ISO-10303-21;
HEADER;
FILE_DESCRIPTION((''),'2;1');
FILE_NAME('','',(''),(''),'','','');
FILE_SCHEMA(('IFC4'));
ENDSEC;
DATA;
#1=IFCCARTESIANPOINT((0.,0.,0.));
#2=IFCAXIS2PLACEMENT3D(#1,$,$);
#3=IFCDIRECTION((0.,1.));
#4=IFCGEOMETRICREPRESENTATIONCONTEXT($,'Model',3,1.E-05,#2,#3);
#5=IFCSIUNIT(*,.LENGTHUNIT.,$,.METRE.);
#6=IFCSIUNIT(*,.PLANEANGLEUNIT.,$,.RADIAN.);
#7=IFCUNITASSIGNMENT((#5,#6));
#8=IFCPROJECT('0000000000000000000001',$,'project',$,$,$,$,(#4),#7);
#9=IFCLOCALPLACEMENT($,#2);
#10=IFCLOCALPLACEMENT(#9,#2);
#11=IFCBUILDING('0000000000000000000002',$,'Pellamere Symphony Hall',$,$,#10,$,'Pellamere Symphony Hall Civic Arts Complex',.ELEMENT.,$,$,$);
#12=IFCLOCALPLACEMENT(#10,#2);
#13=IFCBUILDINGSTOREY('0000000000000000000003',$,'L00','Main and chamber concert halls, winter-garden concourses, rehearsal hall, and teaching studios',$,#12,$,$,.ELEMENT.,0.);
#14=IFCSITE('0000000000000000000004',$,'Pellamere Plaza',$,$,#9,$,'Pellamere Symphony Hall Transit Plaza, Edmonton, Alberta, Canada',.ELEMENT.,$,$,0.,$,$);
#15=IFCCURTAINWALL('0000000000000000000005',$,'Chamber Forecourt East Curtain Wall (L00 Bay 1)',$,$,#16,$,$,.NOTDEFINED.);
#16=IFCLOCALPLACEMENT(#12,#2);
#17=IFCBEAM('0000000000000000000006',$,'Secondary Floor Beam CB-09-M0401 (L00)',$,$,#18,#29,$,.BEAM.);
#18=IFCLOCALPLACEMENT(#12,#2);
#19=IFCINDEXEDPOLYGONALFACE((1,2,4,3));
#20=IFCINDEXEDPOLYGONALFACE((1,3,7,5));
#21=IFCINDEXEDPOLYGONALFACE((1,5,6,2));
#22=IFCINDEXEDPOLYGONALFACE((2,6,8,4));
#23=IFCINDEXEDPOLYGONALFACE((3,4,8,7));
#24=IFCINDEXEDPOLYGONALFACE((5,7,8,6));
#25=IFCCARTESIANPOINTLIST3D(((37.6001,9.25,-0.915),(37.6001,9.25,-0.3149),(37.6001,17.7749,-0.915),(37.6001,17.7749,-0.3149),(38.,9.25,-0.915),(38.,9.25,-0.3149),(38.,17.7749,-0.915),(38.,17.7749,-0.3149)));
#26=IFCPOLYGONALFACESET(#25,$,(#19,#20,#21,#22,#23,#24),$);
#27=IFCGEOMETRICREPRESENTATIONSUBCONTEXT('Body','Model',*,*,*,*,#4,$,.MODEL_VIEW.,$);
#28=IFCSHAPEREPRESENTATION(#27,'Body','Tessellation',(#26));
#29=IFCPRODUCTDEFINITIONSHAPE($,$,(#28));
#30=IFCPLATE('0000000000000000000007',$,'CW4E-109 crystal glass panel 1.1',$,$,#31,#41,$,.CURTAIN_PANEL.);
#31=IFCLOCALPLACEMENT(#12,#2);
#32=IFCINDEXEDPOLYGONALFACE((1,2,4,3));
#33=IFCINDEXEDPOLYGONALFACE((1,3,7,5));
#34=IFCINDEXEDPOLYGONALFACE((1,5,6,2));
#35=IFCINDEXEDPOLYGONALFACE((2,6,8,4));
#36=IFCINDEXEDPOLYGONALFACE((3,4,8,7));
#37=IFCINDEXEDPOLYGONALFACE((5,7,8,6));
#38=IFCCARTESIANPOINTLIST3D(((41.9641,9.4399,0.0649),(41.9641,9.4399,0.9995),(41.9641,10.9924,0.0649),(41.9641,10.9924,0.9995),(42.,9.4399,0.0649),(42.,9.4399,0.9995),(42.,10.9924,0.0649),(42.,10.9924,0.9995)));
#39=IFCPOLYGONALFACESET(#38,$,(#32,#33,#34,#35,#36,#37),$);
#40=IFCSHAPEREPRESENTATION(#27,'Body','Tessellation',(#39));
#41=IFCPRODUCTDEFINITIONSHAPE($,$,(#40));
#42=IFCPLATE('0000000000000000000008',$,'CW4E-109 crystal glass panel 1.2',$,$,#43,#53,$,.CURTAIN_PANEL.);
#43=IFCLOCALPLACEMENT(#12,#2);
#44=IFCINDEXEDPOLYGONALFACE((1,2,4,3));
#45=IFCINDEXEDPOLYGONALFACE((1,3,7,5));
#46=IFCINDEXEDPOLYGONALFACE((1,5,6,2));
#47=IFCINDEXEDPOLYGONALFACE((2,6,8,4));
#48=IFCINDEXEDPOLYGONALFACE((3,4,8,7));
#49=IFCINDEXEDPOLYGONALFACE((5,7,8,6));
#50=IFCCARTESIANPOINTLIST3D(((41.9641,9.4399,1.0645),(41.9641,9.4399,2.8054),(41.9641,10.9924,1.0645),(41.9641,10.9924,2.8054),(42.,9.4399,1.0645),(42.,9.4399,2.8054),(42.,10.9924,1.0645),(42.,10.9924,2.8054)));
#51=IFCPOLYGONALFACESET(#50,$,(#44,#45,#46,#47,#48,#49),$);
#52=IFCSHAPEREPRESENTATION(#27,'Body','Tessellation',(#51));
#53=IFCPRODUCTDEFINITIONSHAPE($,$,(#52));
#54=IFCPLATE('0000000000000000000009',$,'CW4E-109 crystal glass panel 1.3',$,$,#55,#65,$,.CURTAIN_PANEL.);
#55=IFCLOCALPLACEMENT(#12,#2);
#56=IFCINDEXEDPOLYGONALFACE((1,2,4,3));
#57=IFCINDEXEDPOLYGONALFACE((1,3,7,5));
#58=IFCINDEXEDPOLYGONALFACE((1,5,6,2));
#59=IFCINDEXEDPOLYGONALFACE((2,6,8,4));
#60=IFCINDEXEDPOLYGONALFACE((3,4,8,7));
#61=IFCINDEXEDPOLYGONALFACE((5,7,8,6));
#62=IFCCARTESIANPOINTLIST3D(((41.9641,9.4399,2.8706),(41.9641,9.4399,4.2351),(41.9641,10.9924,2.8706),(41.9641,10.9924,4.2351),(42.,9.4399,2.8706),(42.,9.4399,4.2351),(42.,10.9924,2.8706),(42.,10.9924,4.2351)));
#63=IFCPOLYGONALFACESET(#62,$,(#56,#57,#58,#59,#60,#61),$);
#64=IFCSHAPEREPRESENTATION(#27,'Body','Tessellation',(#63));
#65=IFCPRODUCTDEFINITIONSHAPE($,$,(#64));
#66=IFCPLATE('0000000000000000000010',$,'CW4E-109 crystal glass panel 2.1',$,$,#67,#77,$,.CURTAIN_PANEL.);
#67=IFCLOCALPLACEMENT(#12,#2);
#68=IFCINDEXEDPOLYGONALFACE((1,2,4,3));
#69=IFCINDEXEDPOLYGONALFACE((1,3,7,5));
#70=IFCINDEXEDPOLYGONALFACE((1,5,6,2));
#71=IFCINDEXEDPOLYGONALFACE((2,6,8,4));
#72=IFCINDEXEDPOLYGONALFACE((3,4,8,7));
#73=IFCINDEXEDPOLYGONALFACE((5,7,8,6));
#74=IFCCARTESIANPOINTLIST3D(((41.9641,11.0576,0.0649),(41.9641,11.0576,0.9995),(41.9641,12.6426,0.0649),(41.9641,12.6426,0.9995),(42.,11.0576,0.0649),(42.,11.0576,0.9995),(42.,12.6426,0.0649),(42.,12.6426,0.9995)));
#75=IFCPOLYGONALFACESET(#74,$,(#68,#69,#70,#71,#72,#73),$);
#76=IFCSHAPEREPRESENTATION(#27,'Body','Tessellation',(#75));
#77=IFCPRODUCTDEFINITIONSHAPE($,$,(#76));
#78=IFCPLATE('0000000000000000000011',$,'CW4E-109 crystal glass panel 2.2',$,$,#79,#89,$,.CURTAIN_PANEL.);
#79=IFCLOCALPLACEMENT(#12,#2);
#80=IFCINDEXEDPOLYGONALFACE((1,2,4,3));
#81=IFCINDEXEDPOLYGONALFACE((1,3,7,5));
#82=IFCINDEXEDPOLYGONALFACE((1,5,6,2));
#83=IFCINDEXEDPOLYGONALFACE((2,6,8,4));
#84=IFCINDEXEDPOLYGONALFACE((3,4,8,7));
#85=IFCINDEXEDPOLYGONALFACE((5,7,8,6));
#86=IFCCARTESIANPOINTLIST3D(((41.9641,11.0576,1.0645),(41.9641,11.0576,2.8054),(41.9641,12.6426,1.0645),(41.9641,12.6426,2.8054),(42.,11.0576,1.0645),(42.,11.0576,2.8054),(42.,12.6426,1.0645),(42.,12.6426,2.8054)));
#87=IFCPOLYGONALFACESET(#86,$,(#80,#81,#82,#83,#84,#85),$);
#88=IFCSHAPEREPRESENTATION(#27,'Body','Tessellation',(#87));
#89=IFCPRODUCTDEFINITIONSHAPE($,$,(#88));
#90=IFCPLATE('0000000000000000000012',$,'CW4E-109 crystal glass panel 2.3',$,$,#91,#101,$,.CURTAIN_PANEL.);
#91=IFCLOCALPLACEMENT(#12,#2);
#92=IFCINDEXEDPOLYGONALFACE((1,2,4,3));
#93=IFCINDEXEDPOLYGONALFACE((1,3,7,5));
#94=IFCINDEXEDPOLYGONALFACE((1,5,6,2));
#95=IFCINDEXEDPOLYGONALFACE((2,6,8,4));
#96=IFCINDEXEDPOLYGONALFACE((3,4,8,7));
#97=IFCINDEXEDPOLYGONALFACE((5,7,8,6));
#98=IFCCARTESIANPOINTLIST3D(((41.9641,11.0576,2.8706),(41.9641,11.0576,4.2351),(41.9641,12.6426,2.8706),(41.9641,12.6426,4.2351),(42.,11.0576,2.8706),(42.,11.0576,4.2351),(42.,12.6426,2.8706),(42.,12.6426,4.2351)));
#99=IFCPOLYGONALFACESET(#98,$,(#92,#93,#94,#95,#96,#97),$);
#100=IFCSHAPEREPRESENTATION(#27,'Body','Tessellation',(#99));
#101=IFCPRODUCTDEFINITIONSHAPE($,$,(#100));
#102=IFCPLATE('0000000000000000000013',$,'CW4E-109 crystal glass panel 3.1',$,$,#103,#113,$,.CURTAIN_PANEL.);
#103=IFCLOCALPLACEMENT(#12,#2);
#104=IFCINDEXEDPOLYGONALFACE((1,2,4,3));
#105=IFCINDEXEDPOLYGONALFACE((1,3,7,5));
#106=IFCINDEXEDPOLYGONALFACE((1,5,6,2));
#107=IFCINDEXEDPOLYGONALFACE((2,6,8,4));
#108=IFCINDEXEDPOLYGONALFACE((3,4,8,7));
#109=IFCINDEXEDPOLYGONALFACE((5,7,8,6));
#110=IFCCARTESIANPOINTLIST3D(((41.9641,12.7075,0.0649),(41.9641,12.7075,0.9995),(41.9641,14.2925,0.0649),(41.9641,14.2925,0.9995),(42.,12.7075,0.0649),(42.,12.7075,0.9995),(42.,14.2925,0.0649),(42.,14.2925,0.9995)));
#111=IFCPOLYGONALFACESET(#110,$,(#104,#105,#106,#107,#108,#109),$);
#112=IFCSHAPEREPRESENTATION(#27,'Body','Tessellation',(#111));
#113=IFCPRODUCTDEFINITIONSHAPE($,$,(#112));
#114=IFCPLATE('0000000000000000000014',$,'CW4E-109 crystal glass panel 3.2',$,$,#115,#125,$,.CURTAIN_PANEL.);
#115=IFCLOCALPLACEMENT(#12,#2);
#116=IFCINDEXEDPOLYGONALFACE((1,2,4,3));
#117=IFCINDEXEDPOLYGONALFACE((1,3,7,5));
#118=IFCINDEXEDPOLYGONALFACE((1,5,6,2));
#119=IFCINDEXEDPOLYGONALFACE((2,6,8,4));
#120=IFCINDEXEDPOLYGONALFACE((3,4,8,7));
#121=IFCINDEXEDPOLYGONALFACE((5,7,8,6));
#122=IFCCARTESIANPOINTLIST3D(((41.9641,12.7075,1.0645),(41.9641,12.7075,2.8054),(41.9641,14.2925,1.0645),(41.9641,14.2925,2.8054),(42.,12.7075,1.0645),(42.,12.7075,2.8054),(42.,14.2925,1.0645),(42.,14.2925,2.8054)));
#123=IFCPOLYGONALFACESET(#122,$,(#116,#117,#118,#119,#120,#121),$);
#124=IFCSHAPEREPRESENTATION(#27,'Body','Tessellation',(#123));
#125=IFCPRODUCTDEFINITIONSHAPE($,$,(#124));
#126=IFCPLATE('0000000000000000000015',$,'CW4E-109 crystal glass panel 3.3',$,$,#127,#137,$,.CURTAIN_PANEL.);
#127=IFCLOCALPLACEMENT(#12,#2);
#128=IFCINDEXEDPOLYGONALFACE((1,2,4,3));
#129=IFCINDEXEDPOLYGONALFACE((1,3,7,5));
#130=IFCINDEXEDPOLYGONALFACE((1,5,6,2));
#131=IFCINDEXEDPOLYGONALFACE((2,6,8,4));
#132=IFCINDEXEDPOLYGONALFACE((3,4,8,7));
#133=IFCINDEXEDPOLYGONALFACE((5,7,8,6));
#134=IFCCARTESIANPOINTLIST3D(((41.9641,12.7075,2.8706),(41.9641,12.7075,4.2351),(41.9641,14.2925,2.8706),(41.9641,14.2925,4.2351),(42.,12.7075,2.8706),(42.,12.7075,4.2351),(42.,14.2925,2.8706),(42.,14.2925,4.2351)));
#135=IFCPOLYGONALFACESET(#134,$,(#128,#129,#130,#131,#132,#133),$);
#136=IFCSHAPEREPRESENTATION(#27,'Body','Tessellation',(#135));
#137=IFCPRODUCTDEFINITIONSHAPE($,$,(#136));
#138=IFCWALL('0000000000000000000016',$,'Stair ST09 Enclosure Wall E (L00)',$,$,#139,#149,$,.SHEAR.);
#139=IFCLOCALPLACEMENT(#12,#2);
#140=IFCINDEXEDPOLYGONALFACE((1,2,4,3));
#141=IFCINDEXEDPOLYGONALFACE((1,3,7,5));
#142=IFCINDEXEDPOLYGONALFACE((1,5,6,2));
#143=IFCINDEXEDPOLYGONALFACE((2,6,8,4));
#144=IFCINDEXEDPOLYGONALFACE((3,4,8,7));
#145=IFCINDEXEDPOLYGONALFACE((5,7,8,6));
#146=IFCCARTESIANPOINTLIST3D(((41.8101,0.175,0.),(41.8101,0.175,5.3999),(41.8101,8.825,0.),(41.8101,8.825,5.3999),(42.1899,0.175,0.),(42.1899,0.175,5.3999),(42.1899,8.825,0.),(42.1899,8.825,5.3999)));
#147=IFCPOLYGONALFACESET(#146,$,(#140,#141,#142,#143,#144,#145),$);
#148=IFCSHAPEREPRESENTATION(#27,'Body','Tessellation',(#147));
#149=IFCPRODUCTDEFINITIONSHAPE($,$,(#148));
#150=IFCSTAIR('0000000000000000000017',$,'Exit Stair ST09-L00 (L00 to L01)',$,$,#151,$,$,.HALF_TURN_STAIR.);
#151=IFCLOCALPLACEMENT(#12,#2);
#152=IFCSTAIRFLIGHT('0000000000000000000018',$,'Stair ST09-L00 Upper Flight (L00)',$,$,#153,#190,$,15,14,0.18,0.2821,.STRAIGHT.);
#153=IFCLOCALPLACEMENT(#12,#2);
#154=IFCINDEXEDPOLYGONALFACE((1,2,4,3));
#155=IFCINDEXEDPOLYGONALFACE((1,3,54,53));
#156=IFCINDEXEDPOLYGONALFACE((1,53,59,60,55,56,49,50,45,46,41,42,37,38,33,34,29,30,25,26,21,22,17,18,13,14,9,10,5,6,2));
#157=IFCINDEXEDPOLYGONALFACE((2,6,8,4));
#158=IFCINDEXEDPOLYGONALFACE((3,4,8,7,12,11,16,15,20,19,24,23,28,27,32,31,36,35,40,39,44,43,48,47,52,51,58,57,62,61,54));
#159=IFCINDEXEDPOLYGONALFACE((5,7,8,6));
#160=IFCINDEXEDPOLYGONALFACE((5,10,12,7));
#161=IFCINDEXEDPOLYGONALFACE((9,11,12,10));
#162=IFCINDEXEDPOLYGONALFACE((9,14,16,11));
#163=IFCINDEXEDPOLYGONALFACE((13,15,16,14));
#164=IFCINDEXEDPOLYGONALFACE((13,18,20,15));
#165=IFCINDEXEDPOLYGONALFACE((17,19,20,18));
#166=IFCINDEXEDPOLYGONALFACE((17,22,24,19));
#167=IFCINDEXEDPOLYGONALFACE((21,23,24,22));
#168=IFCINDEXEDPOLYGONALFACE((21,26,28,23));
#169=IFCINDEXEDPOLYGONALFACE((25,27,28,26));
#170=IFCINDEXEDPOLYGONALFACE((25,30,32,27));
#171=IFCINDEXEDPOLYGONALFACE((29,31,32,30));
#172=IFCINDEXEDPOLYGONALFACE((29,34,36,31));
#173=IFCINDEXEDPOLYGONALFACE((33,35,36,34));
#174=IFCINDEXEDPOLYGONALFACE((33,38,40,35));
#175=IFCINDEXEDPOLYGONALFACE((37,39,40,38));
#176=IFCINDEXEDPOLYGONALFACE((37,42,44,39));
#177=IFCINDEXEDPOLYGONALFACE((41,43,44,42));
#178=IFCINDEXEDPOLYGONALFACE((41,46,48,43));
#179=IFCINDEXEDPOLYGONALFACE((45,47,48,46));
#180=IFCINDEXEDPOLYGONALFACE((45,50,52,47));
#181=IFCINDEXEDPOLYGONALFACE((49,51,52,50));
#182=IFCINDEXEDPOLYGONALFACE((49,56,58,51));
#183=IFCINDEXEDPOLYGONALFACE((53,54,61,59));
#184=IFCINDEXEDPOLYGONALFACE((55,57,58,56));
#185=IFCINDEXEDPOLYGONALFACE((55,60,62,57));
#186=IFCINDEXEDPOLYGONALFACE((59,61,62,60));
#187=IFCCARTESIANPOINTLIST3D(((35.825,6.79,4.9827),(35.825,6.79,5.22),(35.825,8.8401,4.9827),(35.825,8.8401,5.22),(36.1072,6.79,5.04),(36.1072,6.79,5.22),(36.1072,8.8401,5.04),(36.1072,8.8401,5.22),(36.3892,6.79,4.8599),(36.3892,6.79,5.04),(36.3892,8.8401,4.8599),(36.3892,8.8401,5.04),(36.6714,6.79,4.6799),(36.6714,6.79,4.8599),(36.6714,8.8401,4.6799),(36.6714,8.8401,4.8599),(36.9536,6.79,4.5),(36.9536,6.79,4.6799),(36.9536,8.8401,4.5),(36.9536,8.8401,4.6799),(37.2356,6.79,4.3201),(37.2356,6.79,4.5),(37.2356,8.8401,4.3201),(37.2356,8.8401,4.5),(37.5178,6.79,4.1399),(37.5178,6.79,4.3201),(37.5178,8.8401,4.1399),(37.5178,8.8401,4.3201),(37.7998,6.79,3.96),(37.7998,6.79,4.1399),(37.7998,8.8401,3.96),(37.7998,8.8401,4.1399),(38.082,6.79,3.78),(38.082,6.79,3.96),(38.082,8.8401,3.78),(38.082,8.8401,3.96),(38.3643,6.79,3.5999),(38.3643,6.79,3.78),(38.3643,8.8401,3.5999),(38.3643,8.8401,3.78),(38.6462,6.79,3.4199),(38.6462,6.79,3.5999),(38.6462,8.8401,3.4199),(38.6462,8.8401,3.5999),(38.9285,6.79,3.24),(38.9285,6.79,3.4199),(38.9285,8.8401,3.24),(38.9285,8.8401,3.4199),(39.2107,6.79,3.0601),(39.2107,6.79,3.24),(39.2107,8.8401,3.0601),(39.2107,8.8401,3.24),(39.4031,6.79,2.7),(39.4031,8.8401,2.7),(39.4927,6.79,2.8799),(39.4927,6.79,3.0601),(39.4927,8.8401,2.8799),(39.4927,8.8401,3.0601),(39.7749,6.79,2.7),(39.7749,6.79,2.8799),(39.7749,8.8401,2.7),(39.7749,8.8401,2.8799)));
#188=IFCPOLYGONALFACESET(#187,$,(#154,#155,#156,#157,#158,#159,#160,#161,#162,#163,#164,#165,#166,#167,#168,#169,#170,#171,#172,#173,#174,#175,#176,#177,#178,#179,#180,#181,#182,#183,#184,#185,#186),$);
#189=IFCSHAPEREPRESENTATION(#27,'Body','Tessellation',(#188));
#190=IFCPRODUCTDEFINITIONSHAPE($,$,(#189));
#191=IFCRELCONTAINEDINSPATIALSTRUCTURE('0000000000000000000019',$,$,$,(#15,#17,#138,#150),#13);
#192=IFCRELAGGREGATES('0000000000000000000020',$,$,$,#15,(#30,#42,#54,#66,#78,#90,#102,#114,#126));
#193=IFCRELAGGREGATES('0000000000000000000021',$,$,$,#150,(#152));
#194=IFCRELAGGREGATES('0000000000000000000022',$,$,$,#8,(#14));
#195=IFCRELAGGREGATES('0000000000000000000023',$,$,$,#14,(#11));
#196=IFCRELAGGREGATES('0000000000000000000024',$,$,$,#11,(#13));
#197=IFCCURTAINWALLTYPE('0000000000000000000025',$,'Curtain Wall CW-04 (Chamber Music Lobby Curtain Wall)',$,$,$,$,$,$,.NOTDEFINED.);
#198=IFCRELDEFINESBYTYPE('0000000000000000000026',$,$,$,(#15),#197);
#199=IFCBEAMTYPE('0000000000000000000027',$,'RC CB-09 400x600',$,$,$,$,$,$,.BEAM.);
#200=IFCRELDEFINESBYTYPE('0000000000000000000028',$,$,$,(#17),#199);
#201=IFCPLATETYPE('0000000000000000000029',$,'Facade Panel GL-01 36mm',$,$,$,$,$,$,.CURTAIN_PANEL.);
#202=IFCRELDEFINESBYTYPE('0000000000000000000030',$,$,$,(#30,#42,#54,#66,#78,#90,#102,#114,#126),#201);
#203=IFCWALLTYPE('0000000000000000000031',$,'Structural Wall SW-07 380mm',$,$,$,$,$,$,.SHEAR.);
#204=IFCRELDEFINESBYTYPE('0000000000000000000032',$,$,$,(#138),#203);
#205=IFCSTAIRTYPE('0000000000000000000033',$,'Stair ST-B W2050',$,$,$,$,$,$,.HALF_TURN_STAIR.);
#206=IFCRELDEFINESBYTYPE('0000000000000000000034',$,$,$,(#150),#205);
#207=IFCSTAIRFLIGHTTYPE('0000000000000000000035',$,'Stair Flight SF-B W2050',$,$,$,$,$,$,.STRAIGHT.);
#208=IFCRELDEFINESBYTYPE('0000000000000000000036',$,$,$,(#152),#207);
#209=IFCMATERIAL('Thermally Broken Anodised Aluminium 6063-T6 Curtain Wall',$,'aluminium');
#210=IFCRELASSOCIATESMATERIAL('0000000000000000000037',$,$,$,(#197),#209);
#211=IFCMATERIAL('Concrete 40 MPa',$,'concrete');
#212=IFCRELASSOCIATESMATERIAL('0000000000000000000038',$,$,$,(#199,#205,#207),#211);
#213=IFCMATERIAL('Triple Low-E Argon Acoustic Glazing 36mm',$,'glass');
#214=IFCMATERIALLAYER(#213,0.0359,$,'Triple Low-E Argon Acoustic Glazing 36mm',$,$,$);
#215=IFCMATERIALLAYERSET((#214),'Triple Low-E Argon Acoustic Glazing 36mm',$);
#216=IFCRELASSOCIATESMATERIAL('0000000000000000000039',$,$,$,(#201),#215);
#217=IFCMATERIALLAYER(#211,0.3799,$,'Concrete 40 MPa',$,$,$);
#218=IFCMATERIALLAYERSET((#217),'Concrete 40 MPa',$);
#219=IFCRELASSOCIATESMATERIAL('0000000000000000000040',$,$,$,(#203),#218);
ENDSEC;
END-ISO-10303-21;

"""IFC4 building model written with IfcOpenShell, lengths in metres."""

from ifc_helpers import new_model, si_unit, direction, frame, frame_2d, origin, origin_2d, place, context, subcontext, project, spatial, polyline, rectangle, outline, extrude, material, layer, layer_set, material_profile, profile_set, type_object, element, aggregate, save


model = new_model("IFC4")

# Units and contexts
model_context = context("Model", 3, precision=1e-05, world=origin(), true_north=direction((0.0, 1.0)))
body_context = subcontext(model_context, "Body", "Model", "MODEL_VIEW")
ifc_project = project(units=[si_unit("LENGTHUNIT", "METRE"), si_unit("PLANEANGLEUNIT", "RADIAN")], contexts=[model_context])

# Site, building, storey
site_placement = place(None, origin())
site = spatial("IfcSite", under=ifc_project, at=site_placement, Name="Pellamere Plaza", LongName="Pellamere Symphony Hall Transit Plaza, Edmonton, Alberta, Canada", CompositionType="ELEMENT", RefElevation=0.0)
building_placement = place(site_placement, origin())
building = spatial("IfcBuilding", under=site, at=building_placement, Name="Pellamere Symphony Hall", LongName="Pellamere Symphony Hall Civic Arts Complex", CompositionType="ELEMENT")
storey_placement = place(building_placement, origin())
storey = spatial("IfcBuildingStorey", under=building, at=storey_placement, Name="L00", Description="Main and chamber concert halls, winter-garden concourses, rehearsal hall, and teaching studios", CompositionType="ELEMENT", Elevation=0.0)

# Shared definitions
ifc_material_1 = material(Name="Concrete 40 MPa", Category="concrete")

# Curtain wall
ifc_material_2 = material(Name="Thermally Broken Anodised Aluminium 6063-T6 Curtain Wall", Category="aluminium")
curtain_wall_type = type_object("IfcCurtainWallType", Name="Curtain Wall CW-04 (Chamber Music Lobby Curtain Wall)", PredefinedType="NOTDEFINED", material=ifc_material_2)
curtain_wall_placement = place(storey_placement, origin())
curtain_wall = element("IfcCurtainWall", 1, at=curtain_wall_placement, inside=storey, type_object=curtain_wall_type, Name="Chamber Forecourt East Curtain Wall (L00 Bay 1)", PredefinedType="NOTDEFINED")

# Beam
ifc_material_profile_1 = material_profile(ifc_material_1, rectangle(XDim=0.3999, YDim=0.6001, at=origin_2d()), Name="RC 400x600")
ifc_profile_set_1 = profile_set([ifc_material_profile_1], Name="Concrete 40 MPa")
beam_type_1 = type_object("IfcBeamType", Name="RC CB-09 400x600", PredefinedType="BEAM", material=ifc_profile_set_1)
beam_1_placement = place(storey_placement, frame((37.8, 9.25, -0.615), z_axis=(0.0, 1.0, 0.0), x_axis=(-1.0, 0.0, 0.0)))
element("IfcBeam", 2, at=beam_1_placement, inside=storey, type_object=beam_type_1, Name="Secondary Floor Beam CB-09-M0401 (L00)", PredefinedType="BEAM", context=body_context, shape_type="SweptSolid", body=[
    extrude(rectangle(XDim=0.3999, YDim=0.6001, at=origin_2d()), origin(), (0.0, 0.0, 1.0), 8.5249),
])

# Plates
ifc_material_3 = material(Name="Triple Low-E Argon Acoustic Glazing 36mm", Category="glass")
ifc_layer_1 = layer(ifc_material_3, 0.0359, Name="Triple Low-E Argon Acoustic Glazing 36mm")
ifc_layer_set_1 = layer_set([ifc_layer_1], Name="Triple Low-E Argon Acoustic Glazing 36mm")
plate_type = type_object("IfcPlateType", Name="Facade Panel GL-01 36mm", PredefinedType="CURTAIN_PANEL", material=ifc_layer_set_1)
plate_1_placement = place(storey_placement, frame((42.0, 9.4399, 0.0649), z_axis=(1.0, 0.0, 0.0), x_axis=(0.0, 1.0, 0.0)))
plate_1 = element("IfcPlate", 3, at=plate_1_placement, type_object=plate_type, Name="CW4E-109 crystal glass panel 1.1", PredefinedType="CURTAIN_PANEL", context=body_context, shape_type="SweptSolid", body=[
    extrude(outline(polyline([(0.0, 0.0), (1.5525, 0.0), (1.5525, 0.9346), (0.0, 0.9346), (0.0, 0.0)])), origin(), (0.0, 0.0, -1.0), 0.0359),
])
plate_2_placement = place(storey_placement, frame((42.0, 9.4399, 1.0645), z_axis=(1.0, 0.0, 0.0), x_axis=(0.0, 1.0, 0.0)))
plate_2 = element("IfcPlate", 4, at=plate_2_placement, type_object=plate_type, Name="CW4E-109 crystal glass panel 1.2", PredefinedType="CURTAIN_PANEL", context=body_context, shape_type="SweptSolid", body=[
    extrude(outline(polyline([(0.0, 0.0), (1.5525, 0.0), (1.5525, 1.741), (0.0, 1.741), (0.0, 0.0)])), origin(), (0.0, 0.0, -1.0), 0.0359),
])
plate_3_placement = place(storey_placement, frame((42.0, 9.4399, 2.8706), z_axis=(1.0, 0.0, 0.0), x_axis=(0.0, 1.0, 0.0)))
plate_3 = element("IfcPlate", 5, at=plate_3_placement, type_object=plate_type, Name="CW4E-109 crystal glass panel 1.3", PredefinedType="CURTAIN_PANEL", context=body_context, shape_type="SweptSolid", body=[
    extrude(outline(polyline([(0.0, 0.0), (1.5525, 0.0), (1.5525, 1.3645), (0.0, 1.3645), (0.0, 0.0)])), origin(), (0.0, 0.0, -1.0), 0.0359),
])
plate_4_placement = place(storey_placement, frame((42.0, 11.0576, 0.0649), z_axis=(1.0, 0.0, 0.0), x_axis=(0.0, 1.0, 0.0)))
plate_4 = element("IfcPlate", 6, at=plate_4_placement, type_object=plate_type, Name="CW4E-109 crystal glass panel 2.1", PredefinedType="CURTAIN_PANEL", context=body_context, shape_type="SweptSolid", body=[
    extrude(outline(polyline([(0.0, 0.0), (1.585, 0.0), (1.585, 0.9346), (0.0, 0.9346), (0.0, 0.0)])), origin(), (0.0, 0.0, -1.0), 0.0359),
])
plate_5_placement = place(storey_placement, frame((42.0, 11.0576, 1.0645), z_axis=(1.0, 0.0, 0.0), x_axis=(0.0, 1.0, 0.0)))
plate_5 = element("IfcPlate", 7, at=plate_5_placement, type_object=plate_type, Name="CW4E-109 crystal glass panel 2.2", PredefinedType="CURTAIN_PANEL", context=body_context, shape_type="SweptSolid", body=[
    extrude(outline(polyline([(0.0, 0.0), (1.585, 0.0), (1.585, 1.741), (0.0, 1.741), (0.0, 0.0)])), origin(), (0.0, 0.0, -1.0), 0.0359),
])
plate_6_placement = place(storey_placement, frame((42.0, 11.0576, 2.8706), z_axis=(1.0, 0.0, 0.0), x_axis=(0.0, 1.0, 0.0)))
plate_6 = element("IfcPlate", 8, at=plate_6_placement, type_object=plate_type, Name="CW4E-109 crystal glass panel 2.3", PredefinedType="CURTAIN_PANEL", context=body_context, shape_type="SweptSolid", body=[
    extrude(outline(polyline([(0.0, 0.0), (1.585, 0.0), (1.585, 1.3645), (0.0, 1.3645), (0.0, 0.0)])), origin(), (0.0, 0.0, -1.0), 0.0359),
])
plate_7_placement = place(storey_placement, frame((42.0, 12.7075, 0.0649), z_axis=(1.0, 0.0, 0.0), x_axis=(0.0, 1.0, 0.0)))
plate_7 = element("IfcPlate", 9, at=plate_7_placement, type_object=plate_type, Name="CW4E-109 crystal glass panel 3.1", PredefinedType="CURTAIN_PANEL", context=body_context, shape_type="SweptSolid", body=[
    extrude(outline(polyline([(0.0, 0.0), (1.585, 0.0), (1.585, 0.9346), (0.0, 0.9346), (0.0, 0.0)])), origin(), (0.0, 0.0, -1.0), 0.0359),
])
plate_8_placement = place(storey_placement, frame((42.0, 12.7075, 1.0645), z_axis=(1.0, 0.0, 0.0), x_axis=(0.0, 1.0, 0.0)))
plate_8 = element("IfcPlate", 10, at=plate_8_placement, type_object=plate_type, Name="CW4E-109 crystal glass panel 3.2", PredefinedType="CURTAIN_PANEL", context=body_context, shape_type="SweptSolid", body=[
    extrude(outline(polyline([(0.0, 0.0), (1.585, 0.0), (1.585, 1.741), (0.0, 1.741), (0.0, 0.0)])), origin(), (0.0, 0.0, -1.0), 0.0359),
])
plate_9_placement = place(storey_placement, frame((42.0, 12.7075, 2.8706), z_axis=(1.0, 0.0, 0.0), x_axis=(0.0, 1.0, 0.0)))
plate_9 = element("IfcPlate", 11, at=plate_9_placement, type_object=plate_type, Name="CW4E-109 crystal glass panel 3.3", PredefinedType="CURTAIN_PANEL", context=body_context, shape_type="SweptSolid", body=[
    extrude(outline(polyline([(0.0, 0.0), (1.585, 0.0), (1.585, 1.3645), (0.0, 1.3645), (0.0, 0.0)])), origin(), (0.0, 0.0, -1.0), 0.0359),
])
aggregate(curtain_wall, [plate_1, plate_2, plate_3, plate_4, plate_5, plate_6, plate_7, plate_8, plate_9])

# Wall
ifc_layer_2 = layer(ifc_material_1, 0.3799, Name="Concrete 40 MPa")
ifc_layer_set_2 = layer_set([ifc_layer_2], Name="Concrete 40 MPa")
wall_type = type_object("IfcWallType", Name="Structural Wall SW-07 380mm", PredefinedType="SHEAR", material=ifc_layer_set_2)
wall_placement = place(storey_placement, frame((42.0, 0.175, 0.0), z_axis=(0.0, 0.0, 1.0), x_axis=(0.0, 1.0, 0.0)))
element("IfcWall", 12, at=wall_placement, inside=storey, type_object=wall_type, Name="Stair ST09 Enclosure Wall E (L00)", PredefinedType="SHEAR", context=body_context, shape_type="SweptSolid", body=[
    extrude(rectangle(XDim=8.6499, YDim=0.3799, at=frame_2d((4.325, 0.0))), origin(), (0.0, 0.0, 1.0), 5.3999),
])

# Stair, stair flight
stair_type = type_object("IfcStairType", Name="Stair ST-B W2050", PredefinedType="HALF_TURN_STAIR", material=ifc_material_1)
stair_placement = place(storey_placement, origin())
stair = element("IfcStair", 13, at=stair_placement, inside=storey, type_object=stair_type, Name="Exit Stair ST09-L00 (L00 to L01)", PredefinedType="HALF_TURN_STAIR")
stair_flight_type = type_object("IfcStairFlightType", Name="Stair Flight SF-B W2050", PredefinedType="STRAIGHT", material=ifc_material_1)
stair_flight_placement = place(storey_placement, frame((39.7749, 7.8149, 2.7), z_axis=(0.0, 0.0, 1.0), x_axis=(-1.0, 0.0, 0.0)))
stair_flight = element("IfcStairFlight", 14, at=stair_flight_placement, type_object=stair_flight_type, Name="Stair ST09-L00 Upper Flight (L00)", NumberOfRisers=15, NumberOfTreads=14, PredefinedType="STRAIGHT", RiserHeight=0.18, TreadLength=0.2821, context=body_context, shape_type="SweptSolid", body=[
    extrude(outline(polyline([(0.0, 0.0), (0.0, 0.1799), (0.2822, 0.1799), (0.2822, 0.3601), (0.5642, 0.3601), (0.5642, 0.54), (0.8464, 0.54), (0.8464, 0.72), (1.1287, 0.72), (1.1287, 0.8999), (1.4106, 0.8999), (1.4106, 1.0801), (1.6929, 1.0801), (1.6929, 1.26), (1.9751, 1.26), (1.9751, 1.4399), (2.2571, 1.4399), (2.2571, 1.6201), (2.5393, 1.6201), (2.5393, 1.8), (2.8213, 1.8), (2.8213, 1.98), (3.1035, 1.98), (3.1035, 2.1599), (3.3857, 2.1599), (3.3857, 2.3401), (3.6677, 2.3401), (3.6677, 2.52), (3.95, 2.52), (3.95, 2.7), (3.95, 2.2827), (0.3718, 0.0), (0.0, 0.0)])), frame((0.0, 1.0249, 0.0), z_axis=(0.0, -1.0, 0.0), x_axis=(1.0, 0.0, 0.0)), (0.0, 0.0, 1.0), 2.05),
])
aggregate(stair, [stair_flight])

save(model, "model.ifc")
